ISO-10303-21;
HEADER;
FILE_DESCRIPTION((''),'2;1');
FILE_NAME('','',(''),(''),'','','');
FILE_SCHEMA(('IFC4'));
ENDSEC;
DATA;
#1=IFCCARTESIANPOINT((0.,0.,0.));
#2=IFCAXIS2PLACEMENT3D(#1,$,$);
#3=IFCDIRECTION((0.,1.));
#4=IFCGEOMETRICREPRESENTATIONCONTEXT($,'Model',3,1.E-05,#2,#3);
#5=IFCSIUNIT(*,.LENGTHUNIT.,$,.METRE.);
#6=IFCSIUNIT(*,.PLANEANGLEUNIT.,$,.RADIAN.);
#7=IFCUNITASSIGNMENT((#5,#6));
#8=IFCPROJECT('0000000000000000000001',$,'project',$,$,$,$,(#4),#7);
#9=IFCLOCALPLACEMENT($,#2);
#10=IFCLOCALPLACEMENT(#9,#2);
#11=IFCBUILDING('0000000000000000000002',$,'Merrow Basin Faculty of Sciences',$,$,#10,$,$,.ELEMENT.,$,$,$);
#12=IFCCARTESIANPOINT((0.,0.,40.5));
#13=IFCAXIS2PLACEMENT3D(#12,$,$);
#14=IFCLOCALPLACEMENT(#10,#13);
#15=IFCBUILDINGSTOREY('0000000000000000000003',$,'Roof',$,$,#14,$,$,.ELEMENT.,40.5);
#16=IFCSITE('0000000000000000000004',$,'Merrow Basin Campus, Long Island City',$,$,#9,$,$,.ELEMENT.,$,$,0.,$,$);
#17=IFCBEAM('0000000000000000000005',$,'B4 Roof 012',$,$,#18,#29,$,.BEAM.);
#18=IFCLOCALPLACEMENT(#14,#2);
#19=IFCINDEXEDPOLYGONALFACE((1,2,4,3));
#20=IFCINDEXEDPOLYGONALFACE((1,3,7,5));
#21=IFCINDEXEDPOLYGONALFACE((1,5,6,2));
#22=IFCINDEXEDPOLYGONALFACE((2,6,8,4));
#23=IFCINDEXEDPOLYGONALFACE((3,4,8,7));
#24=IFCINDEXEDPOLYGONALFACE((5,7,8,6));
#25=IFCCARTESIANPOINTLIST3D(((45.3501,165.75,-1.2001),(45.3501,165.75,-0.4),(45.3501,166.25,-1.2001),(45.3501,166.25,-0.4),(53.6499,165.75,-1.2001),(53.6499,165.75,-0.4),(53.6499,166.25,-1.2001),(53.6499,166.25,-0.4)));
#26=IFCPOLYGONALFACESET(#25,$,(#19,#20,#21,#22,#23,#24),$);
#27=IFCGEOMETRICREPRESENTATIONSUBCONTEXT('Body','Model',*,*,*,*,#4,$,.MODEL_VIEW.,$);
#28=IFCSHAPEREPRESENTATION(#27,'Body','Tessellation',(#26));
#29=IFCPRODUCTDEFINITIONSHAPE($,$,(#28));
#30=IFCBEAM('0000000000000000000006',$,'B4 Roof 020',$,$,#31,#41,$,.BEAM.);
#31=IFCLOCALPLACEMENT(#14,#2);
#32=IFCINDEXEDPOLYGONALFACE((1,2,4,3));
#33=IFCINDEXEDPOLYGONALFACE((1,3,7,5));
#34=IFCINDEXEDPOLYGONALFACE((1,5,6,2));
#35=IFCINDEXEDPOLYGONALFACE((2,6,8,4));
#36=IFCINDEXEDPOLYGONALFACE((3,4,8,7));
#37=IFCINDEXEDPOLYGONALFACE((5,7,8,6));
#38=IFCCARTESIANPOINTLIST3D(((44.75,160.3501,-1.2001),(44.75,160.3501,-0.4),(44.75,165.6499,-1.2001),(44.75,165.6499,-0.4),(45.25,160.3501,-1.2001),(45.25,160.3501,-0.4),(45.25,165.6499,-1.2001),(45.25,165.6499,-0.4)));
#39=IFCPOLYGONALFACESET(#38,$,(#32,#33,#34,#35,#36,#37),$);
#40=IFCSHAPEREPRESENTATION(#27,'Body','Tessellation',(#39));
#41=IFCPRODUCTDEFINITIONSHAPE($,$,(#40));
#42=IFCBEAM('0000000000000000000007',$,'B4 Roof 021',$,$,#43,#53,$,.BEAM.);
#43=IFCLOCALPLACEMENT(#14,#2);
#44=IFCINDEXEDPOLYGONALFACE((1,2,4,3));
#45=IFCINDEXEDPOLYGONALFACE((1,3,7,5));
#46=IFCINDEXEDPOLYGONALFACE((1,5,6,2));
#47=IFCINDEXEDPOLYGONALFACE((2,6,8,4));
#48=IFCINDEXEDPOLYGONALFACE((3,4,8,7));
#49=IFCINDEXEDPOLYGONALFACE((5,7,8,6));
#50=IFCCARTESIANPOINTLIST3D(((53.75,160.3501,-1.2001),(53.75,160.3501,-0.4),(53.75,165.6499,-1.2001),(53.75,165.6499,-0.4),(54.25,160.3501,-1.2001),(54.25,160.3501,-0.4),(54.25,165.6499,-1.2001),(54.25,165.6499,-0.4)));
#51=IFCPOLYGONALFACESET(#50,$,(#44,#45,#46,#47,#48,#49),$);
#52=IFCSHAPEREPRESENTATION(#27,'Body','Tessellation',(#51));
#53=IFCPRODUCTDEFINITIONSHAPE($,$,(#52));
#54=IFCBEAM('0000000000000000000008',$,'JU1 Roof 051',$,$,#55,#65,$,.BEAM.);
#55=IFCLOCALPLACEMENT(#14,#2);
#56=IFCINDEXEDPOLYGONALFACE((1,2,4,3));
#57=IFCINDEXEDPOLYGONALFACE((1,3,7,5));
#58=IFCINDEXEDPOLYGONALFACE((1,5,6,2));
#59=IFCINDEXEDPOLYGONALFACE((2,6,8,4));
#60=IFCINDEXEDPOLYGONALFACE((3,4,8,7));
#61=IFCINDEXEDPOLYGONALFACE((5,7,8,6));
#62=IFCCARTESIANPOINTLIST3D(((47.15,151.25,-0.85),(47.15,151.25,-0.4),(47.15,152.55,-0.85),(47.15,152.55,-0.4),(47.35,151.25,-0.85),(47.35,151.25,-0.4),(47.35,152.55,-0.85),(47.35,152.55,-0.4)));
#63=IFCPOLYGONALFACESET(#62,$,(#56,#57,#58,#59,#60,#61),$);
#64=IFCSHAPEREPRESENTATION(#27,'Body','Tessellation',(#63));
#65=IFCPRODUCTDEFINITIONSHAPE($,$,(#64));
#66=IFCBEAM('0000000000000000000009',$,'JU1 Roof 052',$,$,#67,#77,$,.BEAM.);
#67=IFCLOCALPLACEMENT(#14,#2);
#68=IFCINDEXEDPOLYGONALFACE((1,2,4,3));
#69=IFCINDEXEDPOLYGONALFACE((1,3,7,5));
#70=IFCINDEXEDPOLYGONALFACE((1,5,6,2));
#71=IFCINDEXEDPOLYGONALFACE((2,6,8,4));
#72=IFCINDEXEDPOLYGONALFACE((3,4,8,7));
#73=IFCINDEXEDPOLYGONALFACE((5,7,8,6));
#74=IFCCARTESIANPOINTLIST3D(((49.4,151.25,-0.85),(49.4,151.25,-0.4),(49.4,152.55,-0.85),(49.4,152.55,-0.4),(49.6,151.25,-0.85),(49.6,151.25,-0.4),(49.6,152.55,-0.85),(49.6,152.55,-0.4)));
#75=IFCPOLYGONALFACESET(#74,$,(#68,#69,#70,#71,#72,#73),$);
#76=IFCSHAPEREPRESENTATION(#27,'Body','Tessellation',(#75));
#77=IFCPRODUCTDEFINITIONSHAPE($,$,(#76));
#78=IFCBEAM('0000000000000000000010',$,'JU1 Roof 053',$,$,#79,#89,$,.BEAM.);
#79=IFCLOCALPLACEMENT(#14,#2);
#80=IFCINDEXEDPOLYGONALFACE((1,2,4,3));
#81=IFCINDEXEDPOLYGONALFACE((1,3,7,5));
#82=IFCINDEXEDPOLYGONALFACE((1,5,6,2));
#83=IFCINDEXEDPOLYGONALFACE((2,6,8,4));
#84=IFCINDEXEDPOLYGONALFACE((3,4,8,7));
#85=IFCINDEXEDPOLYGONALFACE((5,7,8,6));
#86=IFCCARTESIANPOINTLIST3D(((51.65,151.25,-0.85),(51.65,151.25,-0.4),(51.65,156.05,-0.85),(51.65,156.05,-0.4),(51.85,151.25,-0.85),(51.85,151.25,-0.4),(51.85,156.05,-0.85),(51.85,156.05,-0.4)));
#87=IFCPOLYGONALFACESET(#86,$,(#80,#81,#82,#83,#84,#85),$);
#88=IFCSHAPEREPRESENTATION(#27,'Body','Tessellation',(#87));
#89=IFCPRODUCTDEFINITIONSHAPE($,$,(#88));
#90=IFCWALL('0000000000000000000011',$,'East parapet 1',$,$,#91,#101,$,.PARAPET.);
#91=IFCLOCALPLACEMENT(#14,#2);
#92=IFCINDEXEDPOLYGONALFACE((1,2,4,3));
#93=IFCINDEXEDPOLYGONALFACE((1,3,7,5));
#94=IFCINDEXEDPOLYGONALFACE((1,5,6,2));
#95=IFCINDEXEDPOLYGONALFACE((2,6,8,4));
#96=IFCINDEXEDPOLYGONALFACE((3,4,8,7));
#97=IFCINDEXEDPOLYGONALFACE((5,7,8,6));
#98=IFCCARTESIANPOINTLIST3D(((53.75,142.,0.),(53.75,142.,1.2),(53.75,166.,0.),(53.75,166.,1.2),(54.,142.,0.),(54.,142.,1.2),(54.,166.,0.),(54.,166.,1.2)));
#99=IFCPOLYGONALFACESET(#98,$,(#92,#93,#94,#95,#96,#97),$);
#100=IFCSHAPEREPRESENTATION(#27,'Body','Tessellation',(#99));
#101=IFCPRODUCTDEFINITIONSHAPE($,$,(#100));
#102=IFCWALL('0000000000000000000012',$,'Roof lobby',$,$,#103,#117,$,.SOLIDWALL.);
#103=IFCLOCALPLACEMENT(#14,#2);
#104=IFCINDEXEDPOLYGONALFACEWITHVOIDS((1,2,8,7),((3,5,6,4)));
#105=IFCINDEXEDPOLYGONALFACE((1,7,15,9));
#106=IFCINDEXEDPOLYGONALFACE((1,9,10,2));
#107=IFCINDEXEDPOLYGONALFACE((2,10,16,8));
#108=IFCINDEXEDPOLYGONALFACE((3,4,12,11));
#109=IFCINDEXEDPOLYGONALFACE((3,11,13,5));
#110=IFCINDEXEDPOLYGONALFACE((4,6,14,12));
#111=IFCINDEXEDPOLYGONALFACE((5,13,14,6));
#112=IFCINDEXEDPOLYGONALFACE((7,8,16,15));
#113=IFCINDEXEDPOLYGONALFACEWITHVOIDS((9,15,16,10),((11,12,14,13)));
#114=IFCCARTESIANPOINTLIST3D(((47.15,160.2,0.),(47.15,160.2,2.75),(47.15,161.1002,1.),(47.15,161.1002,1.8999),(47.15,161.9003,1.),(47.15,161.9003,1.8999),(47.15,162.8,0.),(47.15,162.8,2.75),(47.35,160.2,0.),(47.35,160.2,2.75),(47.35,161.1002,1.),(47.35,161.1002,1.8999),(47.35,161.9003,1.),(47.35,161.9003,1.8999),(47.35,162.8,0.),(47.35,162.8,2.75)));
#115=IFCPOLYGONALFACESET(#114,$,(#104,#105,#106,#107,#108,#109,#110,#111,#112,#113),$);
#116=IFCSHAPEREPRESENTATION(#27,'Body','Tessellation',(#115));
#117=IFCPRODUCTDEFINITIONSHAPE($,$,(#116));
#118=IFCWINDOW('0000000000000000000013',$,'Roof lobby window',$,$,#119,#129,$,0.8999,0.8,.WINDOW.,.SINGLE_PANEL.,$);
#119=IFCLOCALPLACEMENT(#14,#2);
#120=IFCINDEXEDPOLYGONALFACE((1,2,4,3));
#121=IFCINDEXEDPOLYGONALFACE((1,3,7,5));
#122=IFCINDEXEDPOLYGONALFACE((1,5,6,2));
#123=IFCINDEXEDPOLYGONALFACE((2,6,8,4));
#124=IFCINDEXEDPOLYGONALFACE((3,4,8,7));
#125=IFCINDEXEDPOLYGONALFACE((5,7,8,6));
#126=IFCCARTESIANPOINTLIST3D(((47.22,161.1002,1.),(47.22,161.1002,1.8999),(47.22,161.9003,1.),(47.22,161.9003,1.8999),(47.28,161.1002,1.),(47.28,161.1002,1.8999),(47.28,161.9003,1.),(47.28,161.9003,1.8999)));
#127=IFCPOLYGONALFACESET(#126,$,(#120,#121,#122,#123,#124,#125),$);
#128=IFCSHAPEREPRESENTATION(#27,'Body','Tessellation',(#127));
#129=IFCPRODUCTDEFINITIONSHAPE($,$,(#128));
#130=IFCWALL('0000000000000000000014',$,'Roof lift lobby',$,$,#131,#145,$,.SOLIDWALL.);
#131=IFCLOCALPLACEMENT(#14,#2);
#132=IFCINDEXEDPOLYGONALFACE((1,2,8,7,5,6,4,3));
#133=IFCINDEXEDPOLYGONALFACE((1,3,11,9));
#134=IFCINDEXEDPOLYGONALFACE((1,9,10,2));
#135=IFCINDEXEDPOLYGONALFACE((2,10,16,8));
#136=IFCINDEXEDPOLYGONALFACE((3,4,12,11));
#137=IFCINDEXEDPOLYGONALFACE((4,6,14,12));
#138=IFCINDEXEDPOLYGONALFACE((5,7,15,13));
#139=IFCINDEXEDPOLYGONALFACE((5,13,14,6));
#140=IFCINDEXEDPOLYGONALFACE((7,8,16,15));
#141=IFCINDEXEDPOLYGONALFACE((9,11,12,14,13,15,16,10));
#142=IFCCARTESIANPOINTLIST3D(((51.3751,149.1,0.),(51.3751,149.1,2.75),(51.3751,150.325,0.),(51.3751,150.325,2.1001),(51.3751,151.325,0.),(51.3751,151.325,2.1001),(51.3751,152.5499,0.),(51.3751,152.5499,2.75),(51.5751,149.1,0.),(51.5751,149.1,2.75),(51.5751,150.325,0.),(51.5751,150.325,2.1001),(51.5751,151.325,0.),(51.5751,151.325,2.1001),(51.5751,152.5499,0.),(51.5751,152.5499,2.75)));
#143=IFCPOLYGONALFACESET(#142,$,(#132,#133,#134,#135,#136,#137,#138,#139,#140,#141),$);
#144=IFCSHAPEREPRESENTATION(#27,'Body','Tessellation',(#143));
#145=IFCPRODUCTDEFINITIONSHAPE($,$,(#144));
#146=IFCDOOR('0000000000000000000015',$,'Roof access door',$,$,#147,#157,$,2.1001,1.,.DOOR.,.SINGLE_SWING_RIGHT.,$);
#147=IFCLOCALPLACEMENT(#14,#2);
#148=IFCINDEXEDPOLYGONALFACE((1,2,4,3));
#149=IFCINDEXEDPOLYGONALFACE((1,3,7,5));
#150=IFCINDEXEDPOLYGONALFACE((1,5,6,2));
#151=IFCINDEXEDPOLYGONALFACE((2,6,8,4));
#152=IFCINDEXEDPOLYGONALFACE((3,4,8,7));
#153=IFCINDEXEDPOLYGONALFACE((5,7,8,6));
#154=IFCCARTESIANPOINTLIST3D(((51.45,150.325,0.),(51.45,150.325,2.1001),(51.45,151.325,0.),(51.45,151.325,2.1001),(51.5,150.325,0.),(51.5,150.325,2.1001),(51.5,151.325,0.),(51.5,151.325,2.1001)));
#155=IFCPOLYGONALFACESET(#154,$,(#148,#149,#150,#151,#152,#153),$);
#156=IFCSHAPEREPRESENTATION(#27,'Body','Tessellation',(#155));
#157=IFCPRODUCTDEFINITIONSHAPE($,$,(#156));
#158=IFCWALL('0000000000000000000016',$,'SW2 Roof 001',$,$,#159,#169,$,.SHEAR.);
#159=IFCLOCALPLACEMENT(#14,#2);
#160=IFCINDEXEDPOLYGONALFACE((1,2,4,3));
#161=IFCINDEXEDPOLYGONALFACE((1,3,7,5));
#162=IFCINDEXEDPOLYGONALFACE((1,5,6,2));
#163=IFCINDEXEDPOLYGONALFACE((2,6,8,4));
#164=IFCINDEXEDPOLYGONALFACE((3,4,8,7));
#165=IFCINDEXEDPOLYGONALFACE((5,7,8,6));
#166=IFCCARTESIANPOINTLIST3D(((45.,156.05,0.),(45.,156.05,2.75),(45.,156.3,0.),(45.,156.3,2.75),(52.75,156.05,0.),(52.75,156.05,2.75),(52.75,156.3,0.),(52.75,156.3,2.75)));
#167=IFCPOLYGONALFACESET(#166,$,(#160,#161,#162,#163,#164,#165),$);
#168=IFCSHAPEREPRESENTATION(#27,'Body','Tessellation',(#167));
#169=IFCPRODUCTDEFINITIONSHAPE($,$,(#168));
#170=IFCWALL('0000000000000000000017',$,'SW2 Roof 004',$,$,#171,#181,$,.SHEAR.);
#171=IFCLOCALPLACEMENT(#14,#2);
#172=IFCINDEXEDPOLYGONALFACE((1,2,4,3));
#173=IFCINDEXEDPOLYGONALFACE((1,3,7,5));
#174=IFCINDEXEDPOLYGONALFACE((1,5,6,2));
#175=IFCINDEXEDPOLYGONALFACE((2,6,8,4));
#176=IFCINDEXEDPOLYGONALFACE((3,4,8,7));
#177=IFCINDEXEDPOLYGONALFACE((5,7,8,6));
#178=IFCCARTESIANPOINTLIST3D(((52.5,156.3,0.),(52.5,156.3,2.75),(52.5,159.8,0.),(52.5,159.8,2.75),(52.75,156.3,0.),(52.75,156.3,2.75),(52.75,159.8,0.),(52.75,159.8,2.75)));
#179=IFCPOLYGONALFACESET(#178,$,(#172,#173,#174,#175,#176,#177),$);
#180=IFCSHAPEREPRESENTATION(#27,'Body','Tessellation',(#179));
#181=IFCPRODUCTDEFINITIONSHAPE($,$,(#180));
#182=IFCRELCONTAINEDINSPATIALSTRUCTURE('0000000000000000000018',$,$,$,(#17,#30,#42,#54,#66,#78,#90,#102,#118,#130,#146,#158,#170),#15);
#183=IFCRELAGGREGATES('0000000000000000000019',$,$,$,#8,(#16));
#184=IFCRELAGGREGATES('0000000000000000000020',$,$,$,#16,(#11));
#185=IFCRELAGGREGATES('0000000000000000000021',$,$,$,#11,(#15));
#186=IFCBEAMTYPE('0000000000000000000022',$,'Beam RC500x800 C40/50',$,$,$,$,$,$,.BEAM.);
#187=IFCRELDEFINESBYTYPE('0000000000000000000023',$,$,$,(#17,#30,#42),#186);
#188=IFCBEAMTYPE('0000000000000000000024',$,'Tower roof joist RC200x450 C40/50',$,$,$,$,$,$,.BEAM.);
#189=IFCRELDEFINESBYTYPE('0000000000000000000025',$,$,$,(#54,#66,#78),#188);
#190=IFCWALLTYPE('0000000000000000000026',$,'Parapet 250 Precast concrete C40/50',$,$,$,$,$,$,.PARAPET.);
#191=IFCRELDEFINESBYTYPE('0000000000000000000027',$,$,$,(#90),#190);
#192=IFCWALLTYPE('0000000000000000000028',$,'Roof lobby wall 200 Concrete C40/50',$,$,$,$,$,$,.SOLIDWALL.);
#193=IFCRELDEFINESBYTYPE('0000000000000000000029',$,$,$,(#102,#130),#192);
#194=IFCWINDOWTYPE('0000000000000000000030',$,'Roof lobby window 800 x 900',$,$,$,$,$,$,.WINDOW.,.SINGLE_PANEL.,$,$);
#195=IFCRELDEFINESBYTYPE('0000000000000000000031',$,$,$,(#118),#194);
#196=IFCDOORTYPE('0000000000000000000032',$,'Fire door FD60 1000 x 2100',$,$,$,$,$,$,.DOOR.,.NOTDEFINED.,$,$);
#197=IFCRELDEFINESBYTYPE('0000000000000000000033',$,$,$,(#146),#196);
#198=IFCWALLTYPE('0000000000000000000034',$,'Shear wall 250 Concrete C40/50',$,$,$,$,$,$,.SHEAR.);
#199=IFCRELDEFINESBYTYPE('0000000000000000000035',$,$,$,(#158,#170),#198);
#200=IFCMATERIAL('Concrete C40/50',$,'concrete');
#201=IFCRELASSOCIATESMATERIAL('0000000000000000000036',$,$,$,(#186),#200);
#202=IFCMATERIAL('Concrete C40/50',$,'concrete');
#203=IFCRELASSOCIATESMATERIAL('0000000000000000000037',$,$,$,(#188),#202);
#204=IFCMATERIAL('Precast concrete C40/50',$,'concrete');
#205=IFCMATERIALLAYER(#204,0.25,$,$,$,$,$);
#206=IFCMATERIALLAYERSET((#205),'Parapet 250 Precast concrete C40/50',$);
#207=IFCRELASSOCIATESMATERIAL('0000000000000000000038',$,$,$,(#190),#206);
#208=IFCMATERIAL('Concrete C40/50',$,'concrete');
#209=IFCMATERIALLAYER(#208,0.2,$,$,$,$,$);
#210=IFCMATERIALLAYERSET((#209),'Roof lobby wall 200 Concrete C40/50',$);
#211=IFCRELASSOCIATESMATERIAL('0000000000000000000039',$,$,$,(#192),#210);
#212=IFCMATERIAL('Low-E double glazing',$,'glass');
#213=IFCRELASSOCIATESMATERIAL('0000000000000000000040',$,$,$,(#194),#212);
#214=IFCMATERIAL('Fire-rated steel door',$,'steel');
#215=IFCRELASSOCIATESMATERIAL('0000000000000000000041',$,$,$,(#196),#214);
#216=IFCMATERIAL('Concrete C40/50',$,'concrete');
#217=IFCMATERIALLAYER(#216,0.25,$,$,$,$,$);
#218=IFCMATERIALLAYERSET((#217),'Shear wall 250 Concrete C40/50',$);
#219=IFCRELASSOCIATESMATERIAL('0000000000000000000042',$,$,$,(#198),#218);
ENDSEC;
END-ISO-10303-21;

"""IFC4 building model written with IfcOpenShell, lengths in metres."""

from ifc_helpers import new_model, si_unit, direction, frame, frame_2d, origin, origin_2d, place, context, subcontext, project, spatial, rectangle, extrude, material, layer, layer_set, material_profile, profile_set, type_object, element, fill, save


model = new_model("IFC4")

# Units and contexts
model_context = context("Model", 3, precision=1e-05, world=origin(), true_north=direction((0.0, 1.0)))
body_context = subcontext(model_context, "Body", "Model", "MODEL_VIEW")
ifc_project = project(units=[si_unit("LENGTHUNIT", "METRE"), si_unit("PLANEANGLEUNIT", "RADIAN")], contexts=[model_context])

# Site, building, storey
site_placement = place(None, origin())
site = spatial("IfcSite", under=ifc_project, at=site_placement, Name="Merrow Basin Campus, Long Island City", CompositionType="ELEMENT", RefElevation=0.0)
building_placement = place(site_placement, origin())
building = spatial("IfcBuilding", under=site, at=building_placement, Name="Merrow Basin Faculty of Sciences", CompositionType="ELEMENT")
storey_placement = place(building_placement, frame((0.0, 0.0, 40.5)))
storey = spatial("IfcBuildingStorey", under=building, at=storey_placement, Name="Roof", CompositionType="ELEMENT", Elevation=40.5)

# Beams
ifc_material_1 = material(Name="Concrete C40/50", Category="concrete")
ifc_material_profile_1 = material_profile(ifc_material_1, rectangle(XDim=0.5, YDim=0.8, at=origin_2d()))
ifc_profile_set_1 = profile_set([ifc_material_profile_1], Name="Concrete C40/50")
beam_type_1 = type_object("IfcBeamType", Name="Beam RC500x800 C40/50", PredefinedType="BEAM", material=ifc_profile_set_1)
beam_1_placement = place(storey_placement, frame((45.3501, 166.0, -0.8), z_axis=(1.0, 0.0, 0.0), x_axis=(0.0, 1.0, 0.0)))
element("IfcBeam", 1, at=beam_1_placement, inside=storey, type_object=beam_type_1, Name="B4 Roof 012", PredefinedType="BEAM", context=body_context, shape_type="SweptSolid", body=[
    extrude(rectangle(XDim=0.5, YDim=0.8, at=origin_2d()), origin(), (0.0, 0.0, 1.0), 8.2998),
])
for number, where, z_axis, x_axis, name in (
    (2, (45.0, 160.3501, -0.8), (0.0, 1.0, 0.0), (-1.0, 0.0, 0.0), "B4 Roof 020"),
    (3, (54.0, 160.3501, -0.8), (0.0, 1.0, 0.0), (-1.0, 0.0, 0.0), "B4 Roof 021"),
):
    element("IfcBeam", number, at=place(storey_placement, frame(where, z_axis=z_axis, x_axis=x_axis)), inside=storey, type_object=beam_type_1, Name=name, PredefinedType="BEAM", context=body_context, shape_type="SweptSolid", body=[
        extrude(rectangle(XDim=0.5, YDim=0.8, at=origin_2d()), origin(), (0.0, 0.0, 1.0), 5.2998),
    ])
ifc_material_2 = material(Name="Concrete C40/50", Category="concrete")
ifc_material_profile_2 = material_profile(ifc_material_2, rectangle(XDim=0.2, YDim=0.45, at=origin_2d()))
ifc_profile_set_2 = profile_set([ifc_material_profile_2], Name="Concrete C40/50")
beam_type_2 = type_object("IfcBeamType", Name="Tower roof joist RC200x450 C40/50", PredefinedType="BEAM", material=ifc_profile_set_2)
for number, where, z_axis, x_axis, name in (
    (4, (47.25, 151.25, -0.625), (0.0, 1.0, 0.0), (-1.0, 0.0, 0.0), "JU1 Roof 051"),
    (5, (49.5, 151.25, -0.625), (0.0, 1.0, 0.0), (-1.0, 0.0, 0.0), "JU1 Roof 052"),
):
    element("IfcBeam", number, at=place(storey_placement, frame(where, z_axis=z_axis, x_axis=x_axis)), inside=storey, type_object=beam_type_2, Name=name, PredefinedType="BEAM", context=body_context, shape_type="SweptSolid", body=[
        extrude(rectangle(XDim=0.2, YDim=0.45, at=origin_2d()), origin(), (0.0, 0.0, 1.0), 1.3),
    ])
beam_2_placement = place(storey_placement, frame((51.75, 151.25, -0.625), z_axis=(0.0, 1.0, 0.0), x_axis=(-1.0, 0.0, 0.0)))
element("IfcBeam", 6, at=beam_2_placement, inside=storey, type_object=beam_type_2, Name="JU1 Roof 053", PredefinedType="BEAM", context=body_context, shape_type="SweptSolid", body=[
    extrude(rectangle(XDim=0.2, YDim=0.45, at=origin_2d()), origin(), (0.0, 0.0, 1.0), 4.8),
])

# Wall
ifc_material_3 = material(Name="Precast concrete C40/50", Category="concrete")
ifc_layer_1 = layer(ifc_material_3, 0.25)
ifc_layer_set_1 = layer_set([ifc_layer_1], Name="Parapet 250 Precast concrete C40/50")
wall_type_1 = type_object("IfcWallType", Name="Parapet 250 Precast concrete C40/50", PredefinedType="PARAPET", material=ifc_layer_set_1)
wall_1_placement = place(storey_placement, frame((53.875, 166.0, 0.0), z_axis=(0.0, 0.0, 1.0), x_axis=(0.0, -1.0, 0.0)))
element("IfcWall", 7, at=wall_1_placement, inside=storey, type_object=wall_type_1, Name="East parapet 1", PredefinedType="PARAPET", context=body_context, shape_type="SweptSolid", body=[
    extrude(rectangle(XDim=24.0, YDim=0.25, at=frame_2d((12.0, 0.0))), origin(), (0.0, 0.0, 1.0), 1.2),
])

# Wall, opening, window
ifc_material_4 = material(Name="Concrete C40/50", Category="concrete")
ifc_layer_2 = layer(ifc_material_4, 0.2)
ifc_layer_set_2 = layer_set([ifc_layer_2], Name="Roof lobby wall 200 Concrete C40/50")
wall_type_2 = type_object("IfcWallType", Name="Roof lobby wall 200 Concrete C40/50", PredefinedType="SOLIDWALL", material=ifc_layer_set_2)
wall_2_placement = place(storey_placement, frame((47.25, 162.8, 0.0), z_axis=(0.0, 0.0, 1.0), x_axis=(0.0, -1.0, 0.0)))
wall_2 = element("IfcWall", 8, at=wall_2_placement, inside=storey, type_object=wall_type_2, Name="Roof lobby", PredefinedType="SOLIDWALL", context=body_context, shape_type="SweptSolid", body=[
    extrude(rectangle(XDim=2.6001, YDim=0.2, at=frame_2d((1.3, 0.0))), origin(), (0.0, 0.0, 1.0), 2.75),
])
opening_1_placement = place(wall_2_placement, frame((0.8999, 0.0, 1.0)))
opening_1 = element("IfcOpeningElement", 9, at=opening_1_placement, cuts=wall_2, PredefinedType="OPENING", context=body_context, shape_type="SweptSolid", body=[
    extrude(rectangle(XDim=0.8, YDim=0.8999, at=frame_2d((0.3999, 0.45))), frame((0.0, 0.1099, 0.0), z_axis=(0.0, -1.0, 0.0), x_axis=(1.0, 0.0, 0.0)), (0.0, 0.0, 1.0), 0.22),
])
ifc_material_5 = material(Name="Low-E double glazing", Category="glass")
window_type = type_object("IfcWindowType", Name="Roof lobby window 800 x 900", PartitioningType="SINGLE_PANEL", PredefinedType="WINDOW", material=ifc_material_5)
window_placement = place(opening_1_placement, origin())
window = element("IfcWindow", 10, at=window_placement, inside=storey, type_object=window_type, Name="Roof lobby window", OverallHeight=0.8999, OverallWidth=0.8, PartitioningType="SINGLE_PANEL", PredefinedType="WINDOW", context=body_context, shape_type="SweptSolid", body=[
    extrude(rectangle(XDim=0.8, YDim=0.8999, at=frame_2d((0.3999, 0.45))), frame((0.0, 0.03, 0.0), z_axis=(0.0, -1.0, 0.0), x_axis=(1.0, 0.0, 0.0)), (0.0, 0.0, 1.0), 0.0601),
])
fill(opening_1, window)

# Wall, opening, door
wall_3_placement = place(storey_placement, frame((51.4751, 152.55, 0.0), z_axis=(0.0, 0.0, 1.0), x_axis=(0.0, -1.0, 0.0)))
wall_3 = element("IfcWall", 11, at=wall_3_placement, inside=storey, type_object=wall_type_2, Name="Roof lift lobby", PredefinedType="SOLIDWALL", context=body_context, shape_type="SweptSolid", body=[
    extrude(rectangle(XDim=3.45, YDim=0.2, at=frame_2d((1.7251, 0.0))), origin(), (0.0, 0.0, 1.0), 2.75),
])
opening_2_placement = place(wall_3_placement, frame((1.2251, 0.0, 0.0)))
opening_2 = element("IfcOpeningElement", 12, at=opening_2_placement, cuts=wall_3, PredefinedType="OPENING", context=body_context, shape_type="SweptSolid", body=[
    extrude(rectangle(XDim=1.0, YDim=2.1001, at=frame_2d((0.5, 1.05))), frame((0.0, 0.1099, 0.0), z_axis=(0.0, -1.0, 0.0), x_axis=(1.0, 0.0, 0.0)), (0.0, 0.0, 1.0), 0.22),
])
ifc_material_6 = material(Name="Fire-rated steel door", Category="steel")
door_type_1 = type_object("IfcDoorType", Name="Fire door FD60 1000 x 2100", OperationType="NOTDEFINED", PredefinedType="DOOR", material=ifc_material_6)
door_1_placement = place(opening_2_placement, origin())
door_1 = element("IfcDoor", 13, at=door_1_placement, inside=storey, type_object=door_type_1, Name="Roof access door", OperationType="SINGLE_SWING_RIGHT", OverallHeight=2.1001, OverallWidth=1.0, PredefinedType="DOOR", context=body_context, shape_type="SweptSolid", body=[
    extrude(rectangle(XDim=1.0, YDim=2.1001, at=frame_2d((0.5, 1.05))), frame((0.0, 0.0249, 0.0), z_axis=(0.0, -1.0, 0.0), x_axis=(1.0, 0.0, 0.0)), (0.0, 0.0, 1.0), 0.05),
])
fill(opening_2, door_1)

# Walls
ifc_material_7 = material(Name="Concrete C40/50", Category="concrete")
ifc_layer_3 = layer(ifc_material_7, 0.25)
ifc_layer_set_3 = layer_set([ifc_layer_3], Name="Shear wall 250 Concrete C40/50")
wall_type_3 = type_object("IfcWallType", Name="Shear wall 250 Concrete C40/50", PredefinedType="SHEAR", material=ifc_layer_set_3)
wall_4_placement = place(storey_placement, frame((45.0, 156.175, 0.0), z_axis=(0.0, 0.0, 1.0), x_axis=(1.0, 0.0, 0.0)))
element("IfcWall", 14, at=wall_4_placement, inside=storey, type_object=wall_type_3, Name="SW2 Roof 001", PredefinedType="SHEAR", context=body_context, shape_type="SweptSolid", body=[
    extrude(rectangle(XDim=7.75, YDim=0.25, at=frame_2d((3.875, 0.0))), origin(), (0.0, 0.0, 1.0), 2.75),
])
wall_5_placement = place(storey_placement, frame((52.625, 156.3, 0.0), z_axis=(0.0, 0.0, 1.0), x_axis=(0.0, 1.0, 0.0)))
element("IfcWall", 15, at=wall_5_placement, inside=storey, type_object=wall_type_3, Name="SW2 Roof 004", PredefinedType="SHEAR", context=body_context, shape_type="SweptSolid", body=[
    extrude(rectangle(XDim=3.5, YDim=0.25, at=frame_2d((1.75, 0.0))), origin(), (0.0, 0.0, 1.0), 2.75),
])

save(model, "model.ifc")
